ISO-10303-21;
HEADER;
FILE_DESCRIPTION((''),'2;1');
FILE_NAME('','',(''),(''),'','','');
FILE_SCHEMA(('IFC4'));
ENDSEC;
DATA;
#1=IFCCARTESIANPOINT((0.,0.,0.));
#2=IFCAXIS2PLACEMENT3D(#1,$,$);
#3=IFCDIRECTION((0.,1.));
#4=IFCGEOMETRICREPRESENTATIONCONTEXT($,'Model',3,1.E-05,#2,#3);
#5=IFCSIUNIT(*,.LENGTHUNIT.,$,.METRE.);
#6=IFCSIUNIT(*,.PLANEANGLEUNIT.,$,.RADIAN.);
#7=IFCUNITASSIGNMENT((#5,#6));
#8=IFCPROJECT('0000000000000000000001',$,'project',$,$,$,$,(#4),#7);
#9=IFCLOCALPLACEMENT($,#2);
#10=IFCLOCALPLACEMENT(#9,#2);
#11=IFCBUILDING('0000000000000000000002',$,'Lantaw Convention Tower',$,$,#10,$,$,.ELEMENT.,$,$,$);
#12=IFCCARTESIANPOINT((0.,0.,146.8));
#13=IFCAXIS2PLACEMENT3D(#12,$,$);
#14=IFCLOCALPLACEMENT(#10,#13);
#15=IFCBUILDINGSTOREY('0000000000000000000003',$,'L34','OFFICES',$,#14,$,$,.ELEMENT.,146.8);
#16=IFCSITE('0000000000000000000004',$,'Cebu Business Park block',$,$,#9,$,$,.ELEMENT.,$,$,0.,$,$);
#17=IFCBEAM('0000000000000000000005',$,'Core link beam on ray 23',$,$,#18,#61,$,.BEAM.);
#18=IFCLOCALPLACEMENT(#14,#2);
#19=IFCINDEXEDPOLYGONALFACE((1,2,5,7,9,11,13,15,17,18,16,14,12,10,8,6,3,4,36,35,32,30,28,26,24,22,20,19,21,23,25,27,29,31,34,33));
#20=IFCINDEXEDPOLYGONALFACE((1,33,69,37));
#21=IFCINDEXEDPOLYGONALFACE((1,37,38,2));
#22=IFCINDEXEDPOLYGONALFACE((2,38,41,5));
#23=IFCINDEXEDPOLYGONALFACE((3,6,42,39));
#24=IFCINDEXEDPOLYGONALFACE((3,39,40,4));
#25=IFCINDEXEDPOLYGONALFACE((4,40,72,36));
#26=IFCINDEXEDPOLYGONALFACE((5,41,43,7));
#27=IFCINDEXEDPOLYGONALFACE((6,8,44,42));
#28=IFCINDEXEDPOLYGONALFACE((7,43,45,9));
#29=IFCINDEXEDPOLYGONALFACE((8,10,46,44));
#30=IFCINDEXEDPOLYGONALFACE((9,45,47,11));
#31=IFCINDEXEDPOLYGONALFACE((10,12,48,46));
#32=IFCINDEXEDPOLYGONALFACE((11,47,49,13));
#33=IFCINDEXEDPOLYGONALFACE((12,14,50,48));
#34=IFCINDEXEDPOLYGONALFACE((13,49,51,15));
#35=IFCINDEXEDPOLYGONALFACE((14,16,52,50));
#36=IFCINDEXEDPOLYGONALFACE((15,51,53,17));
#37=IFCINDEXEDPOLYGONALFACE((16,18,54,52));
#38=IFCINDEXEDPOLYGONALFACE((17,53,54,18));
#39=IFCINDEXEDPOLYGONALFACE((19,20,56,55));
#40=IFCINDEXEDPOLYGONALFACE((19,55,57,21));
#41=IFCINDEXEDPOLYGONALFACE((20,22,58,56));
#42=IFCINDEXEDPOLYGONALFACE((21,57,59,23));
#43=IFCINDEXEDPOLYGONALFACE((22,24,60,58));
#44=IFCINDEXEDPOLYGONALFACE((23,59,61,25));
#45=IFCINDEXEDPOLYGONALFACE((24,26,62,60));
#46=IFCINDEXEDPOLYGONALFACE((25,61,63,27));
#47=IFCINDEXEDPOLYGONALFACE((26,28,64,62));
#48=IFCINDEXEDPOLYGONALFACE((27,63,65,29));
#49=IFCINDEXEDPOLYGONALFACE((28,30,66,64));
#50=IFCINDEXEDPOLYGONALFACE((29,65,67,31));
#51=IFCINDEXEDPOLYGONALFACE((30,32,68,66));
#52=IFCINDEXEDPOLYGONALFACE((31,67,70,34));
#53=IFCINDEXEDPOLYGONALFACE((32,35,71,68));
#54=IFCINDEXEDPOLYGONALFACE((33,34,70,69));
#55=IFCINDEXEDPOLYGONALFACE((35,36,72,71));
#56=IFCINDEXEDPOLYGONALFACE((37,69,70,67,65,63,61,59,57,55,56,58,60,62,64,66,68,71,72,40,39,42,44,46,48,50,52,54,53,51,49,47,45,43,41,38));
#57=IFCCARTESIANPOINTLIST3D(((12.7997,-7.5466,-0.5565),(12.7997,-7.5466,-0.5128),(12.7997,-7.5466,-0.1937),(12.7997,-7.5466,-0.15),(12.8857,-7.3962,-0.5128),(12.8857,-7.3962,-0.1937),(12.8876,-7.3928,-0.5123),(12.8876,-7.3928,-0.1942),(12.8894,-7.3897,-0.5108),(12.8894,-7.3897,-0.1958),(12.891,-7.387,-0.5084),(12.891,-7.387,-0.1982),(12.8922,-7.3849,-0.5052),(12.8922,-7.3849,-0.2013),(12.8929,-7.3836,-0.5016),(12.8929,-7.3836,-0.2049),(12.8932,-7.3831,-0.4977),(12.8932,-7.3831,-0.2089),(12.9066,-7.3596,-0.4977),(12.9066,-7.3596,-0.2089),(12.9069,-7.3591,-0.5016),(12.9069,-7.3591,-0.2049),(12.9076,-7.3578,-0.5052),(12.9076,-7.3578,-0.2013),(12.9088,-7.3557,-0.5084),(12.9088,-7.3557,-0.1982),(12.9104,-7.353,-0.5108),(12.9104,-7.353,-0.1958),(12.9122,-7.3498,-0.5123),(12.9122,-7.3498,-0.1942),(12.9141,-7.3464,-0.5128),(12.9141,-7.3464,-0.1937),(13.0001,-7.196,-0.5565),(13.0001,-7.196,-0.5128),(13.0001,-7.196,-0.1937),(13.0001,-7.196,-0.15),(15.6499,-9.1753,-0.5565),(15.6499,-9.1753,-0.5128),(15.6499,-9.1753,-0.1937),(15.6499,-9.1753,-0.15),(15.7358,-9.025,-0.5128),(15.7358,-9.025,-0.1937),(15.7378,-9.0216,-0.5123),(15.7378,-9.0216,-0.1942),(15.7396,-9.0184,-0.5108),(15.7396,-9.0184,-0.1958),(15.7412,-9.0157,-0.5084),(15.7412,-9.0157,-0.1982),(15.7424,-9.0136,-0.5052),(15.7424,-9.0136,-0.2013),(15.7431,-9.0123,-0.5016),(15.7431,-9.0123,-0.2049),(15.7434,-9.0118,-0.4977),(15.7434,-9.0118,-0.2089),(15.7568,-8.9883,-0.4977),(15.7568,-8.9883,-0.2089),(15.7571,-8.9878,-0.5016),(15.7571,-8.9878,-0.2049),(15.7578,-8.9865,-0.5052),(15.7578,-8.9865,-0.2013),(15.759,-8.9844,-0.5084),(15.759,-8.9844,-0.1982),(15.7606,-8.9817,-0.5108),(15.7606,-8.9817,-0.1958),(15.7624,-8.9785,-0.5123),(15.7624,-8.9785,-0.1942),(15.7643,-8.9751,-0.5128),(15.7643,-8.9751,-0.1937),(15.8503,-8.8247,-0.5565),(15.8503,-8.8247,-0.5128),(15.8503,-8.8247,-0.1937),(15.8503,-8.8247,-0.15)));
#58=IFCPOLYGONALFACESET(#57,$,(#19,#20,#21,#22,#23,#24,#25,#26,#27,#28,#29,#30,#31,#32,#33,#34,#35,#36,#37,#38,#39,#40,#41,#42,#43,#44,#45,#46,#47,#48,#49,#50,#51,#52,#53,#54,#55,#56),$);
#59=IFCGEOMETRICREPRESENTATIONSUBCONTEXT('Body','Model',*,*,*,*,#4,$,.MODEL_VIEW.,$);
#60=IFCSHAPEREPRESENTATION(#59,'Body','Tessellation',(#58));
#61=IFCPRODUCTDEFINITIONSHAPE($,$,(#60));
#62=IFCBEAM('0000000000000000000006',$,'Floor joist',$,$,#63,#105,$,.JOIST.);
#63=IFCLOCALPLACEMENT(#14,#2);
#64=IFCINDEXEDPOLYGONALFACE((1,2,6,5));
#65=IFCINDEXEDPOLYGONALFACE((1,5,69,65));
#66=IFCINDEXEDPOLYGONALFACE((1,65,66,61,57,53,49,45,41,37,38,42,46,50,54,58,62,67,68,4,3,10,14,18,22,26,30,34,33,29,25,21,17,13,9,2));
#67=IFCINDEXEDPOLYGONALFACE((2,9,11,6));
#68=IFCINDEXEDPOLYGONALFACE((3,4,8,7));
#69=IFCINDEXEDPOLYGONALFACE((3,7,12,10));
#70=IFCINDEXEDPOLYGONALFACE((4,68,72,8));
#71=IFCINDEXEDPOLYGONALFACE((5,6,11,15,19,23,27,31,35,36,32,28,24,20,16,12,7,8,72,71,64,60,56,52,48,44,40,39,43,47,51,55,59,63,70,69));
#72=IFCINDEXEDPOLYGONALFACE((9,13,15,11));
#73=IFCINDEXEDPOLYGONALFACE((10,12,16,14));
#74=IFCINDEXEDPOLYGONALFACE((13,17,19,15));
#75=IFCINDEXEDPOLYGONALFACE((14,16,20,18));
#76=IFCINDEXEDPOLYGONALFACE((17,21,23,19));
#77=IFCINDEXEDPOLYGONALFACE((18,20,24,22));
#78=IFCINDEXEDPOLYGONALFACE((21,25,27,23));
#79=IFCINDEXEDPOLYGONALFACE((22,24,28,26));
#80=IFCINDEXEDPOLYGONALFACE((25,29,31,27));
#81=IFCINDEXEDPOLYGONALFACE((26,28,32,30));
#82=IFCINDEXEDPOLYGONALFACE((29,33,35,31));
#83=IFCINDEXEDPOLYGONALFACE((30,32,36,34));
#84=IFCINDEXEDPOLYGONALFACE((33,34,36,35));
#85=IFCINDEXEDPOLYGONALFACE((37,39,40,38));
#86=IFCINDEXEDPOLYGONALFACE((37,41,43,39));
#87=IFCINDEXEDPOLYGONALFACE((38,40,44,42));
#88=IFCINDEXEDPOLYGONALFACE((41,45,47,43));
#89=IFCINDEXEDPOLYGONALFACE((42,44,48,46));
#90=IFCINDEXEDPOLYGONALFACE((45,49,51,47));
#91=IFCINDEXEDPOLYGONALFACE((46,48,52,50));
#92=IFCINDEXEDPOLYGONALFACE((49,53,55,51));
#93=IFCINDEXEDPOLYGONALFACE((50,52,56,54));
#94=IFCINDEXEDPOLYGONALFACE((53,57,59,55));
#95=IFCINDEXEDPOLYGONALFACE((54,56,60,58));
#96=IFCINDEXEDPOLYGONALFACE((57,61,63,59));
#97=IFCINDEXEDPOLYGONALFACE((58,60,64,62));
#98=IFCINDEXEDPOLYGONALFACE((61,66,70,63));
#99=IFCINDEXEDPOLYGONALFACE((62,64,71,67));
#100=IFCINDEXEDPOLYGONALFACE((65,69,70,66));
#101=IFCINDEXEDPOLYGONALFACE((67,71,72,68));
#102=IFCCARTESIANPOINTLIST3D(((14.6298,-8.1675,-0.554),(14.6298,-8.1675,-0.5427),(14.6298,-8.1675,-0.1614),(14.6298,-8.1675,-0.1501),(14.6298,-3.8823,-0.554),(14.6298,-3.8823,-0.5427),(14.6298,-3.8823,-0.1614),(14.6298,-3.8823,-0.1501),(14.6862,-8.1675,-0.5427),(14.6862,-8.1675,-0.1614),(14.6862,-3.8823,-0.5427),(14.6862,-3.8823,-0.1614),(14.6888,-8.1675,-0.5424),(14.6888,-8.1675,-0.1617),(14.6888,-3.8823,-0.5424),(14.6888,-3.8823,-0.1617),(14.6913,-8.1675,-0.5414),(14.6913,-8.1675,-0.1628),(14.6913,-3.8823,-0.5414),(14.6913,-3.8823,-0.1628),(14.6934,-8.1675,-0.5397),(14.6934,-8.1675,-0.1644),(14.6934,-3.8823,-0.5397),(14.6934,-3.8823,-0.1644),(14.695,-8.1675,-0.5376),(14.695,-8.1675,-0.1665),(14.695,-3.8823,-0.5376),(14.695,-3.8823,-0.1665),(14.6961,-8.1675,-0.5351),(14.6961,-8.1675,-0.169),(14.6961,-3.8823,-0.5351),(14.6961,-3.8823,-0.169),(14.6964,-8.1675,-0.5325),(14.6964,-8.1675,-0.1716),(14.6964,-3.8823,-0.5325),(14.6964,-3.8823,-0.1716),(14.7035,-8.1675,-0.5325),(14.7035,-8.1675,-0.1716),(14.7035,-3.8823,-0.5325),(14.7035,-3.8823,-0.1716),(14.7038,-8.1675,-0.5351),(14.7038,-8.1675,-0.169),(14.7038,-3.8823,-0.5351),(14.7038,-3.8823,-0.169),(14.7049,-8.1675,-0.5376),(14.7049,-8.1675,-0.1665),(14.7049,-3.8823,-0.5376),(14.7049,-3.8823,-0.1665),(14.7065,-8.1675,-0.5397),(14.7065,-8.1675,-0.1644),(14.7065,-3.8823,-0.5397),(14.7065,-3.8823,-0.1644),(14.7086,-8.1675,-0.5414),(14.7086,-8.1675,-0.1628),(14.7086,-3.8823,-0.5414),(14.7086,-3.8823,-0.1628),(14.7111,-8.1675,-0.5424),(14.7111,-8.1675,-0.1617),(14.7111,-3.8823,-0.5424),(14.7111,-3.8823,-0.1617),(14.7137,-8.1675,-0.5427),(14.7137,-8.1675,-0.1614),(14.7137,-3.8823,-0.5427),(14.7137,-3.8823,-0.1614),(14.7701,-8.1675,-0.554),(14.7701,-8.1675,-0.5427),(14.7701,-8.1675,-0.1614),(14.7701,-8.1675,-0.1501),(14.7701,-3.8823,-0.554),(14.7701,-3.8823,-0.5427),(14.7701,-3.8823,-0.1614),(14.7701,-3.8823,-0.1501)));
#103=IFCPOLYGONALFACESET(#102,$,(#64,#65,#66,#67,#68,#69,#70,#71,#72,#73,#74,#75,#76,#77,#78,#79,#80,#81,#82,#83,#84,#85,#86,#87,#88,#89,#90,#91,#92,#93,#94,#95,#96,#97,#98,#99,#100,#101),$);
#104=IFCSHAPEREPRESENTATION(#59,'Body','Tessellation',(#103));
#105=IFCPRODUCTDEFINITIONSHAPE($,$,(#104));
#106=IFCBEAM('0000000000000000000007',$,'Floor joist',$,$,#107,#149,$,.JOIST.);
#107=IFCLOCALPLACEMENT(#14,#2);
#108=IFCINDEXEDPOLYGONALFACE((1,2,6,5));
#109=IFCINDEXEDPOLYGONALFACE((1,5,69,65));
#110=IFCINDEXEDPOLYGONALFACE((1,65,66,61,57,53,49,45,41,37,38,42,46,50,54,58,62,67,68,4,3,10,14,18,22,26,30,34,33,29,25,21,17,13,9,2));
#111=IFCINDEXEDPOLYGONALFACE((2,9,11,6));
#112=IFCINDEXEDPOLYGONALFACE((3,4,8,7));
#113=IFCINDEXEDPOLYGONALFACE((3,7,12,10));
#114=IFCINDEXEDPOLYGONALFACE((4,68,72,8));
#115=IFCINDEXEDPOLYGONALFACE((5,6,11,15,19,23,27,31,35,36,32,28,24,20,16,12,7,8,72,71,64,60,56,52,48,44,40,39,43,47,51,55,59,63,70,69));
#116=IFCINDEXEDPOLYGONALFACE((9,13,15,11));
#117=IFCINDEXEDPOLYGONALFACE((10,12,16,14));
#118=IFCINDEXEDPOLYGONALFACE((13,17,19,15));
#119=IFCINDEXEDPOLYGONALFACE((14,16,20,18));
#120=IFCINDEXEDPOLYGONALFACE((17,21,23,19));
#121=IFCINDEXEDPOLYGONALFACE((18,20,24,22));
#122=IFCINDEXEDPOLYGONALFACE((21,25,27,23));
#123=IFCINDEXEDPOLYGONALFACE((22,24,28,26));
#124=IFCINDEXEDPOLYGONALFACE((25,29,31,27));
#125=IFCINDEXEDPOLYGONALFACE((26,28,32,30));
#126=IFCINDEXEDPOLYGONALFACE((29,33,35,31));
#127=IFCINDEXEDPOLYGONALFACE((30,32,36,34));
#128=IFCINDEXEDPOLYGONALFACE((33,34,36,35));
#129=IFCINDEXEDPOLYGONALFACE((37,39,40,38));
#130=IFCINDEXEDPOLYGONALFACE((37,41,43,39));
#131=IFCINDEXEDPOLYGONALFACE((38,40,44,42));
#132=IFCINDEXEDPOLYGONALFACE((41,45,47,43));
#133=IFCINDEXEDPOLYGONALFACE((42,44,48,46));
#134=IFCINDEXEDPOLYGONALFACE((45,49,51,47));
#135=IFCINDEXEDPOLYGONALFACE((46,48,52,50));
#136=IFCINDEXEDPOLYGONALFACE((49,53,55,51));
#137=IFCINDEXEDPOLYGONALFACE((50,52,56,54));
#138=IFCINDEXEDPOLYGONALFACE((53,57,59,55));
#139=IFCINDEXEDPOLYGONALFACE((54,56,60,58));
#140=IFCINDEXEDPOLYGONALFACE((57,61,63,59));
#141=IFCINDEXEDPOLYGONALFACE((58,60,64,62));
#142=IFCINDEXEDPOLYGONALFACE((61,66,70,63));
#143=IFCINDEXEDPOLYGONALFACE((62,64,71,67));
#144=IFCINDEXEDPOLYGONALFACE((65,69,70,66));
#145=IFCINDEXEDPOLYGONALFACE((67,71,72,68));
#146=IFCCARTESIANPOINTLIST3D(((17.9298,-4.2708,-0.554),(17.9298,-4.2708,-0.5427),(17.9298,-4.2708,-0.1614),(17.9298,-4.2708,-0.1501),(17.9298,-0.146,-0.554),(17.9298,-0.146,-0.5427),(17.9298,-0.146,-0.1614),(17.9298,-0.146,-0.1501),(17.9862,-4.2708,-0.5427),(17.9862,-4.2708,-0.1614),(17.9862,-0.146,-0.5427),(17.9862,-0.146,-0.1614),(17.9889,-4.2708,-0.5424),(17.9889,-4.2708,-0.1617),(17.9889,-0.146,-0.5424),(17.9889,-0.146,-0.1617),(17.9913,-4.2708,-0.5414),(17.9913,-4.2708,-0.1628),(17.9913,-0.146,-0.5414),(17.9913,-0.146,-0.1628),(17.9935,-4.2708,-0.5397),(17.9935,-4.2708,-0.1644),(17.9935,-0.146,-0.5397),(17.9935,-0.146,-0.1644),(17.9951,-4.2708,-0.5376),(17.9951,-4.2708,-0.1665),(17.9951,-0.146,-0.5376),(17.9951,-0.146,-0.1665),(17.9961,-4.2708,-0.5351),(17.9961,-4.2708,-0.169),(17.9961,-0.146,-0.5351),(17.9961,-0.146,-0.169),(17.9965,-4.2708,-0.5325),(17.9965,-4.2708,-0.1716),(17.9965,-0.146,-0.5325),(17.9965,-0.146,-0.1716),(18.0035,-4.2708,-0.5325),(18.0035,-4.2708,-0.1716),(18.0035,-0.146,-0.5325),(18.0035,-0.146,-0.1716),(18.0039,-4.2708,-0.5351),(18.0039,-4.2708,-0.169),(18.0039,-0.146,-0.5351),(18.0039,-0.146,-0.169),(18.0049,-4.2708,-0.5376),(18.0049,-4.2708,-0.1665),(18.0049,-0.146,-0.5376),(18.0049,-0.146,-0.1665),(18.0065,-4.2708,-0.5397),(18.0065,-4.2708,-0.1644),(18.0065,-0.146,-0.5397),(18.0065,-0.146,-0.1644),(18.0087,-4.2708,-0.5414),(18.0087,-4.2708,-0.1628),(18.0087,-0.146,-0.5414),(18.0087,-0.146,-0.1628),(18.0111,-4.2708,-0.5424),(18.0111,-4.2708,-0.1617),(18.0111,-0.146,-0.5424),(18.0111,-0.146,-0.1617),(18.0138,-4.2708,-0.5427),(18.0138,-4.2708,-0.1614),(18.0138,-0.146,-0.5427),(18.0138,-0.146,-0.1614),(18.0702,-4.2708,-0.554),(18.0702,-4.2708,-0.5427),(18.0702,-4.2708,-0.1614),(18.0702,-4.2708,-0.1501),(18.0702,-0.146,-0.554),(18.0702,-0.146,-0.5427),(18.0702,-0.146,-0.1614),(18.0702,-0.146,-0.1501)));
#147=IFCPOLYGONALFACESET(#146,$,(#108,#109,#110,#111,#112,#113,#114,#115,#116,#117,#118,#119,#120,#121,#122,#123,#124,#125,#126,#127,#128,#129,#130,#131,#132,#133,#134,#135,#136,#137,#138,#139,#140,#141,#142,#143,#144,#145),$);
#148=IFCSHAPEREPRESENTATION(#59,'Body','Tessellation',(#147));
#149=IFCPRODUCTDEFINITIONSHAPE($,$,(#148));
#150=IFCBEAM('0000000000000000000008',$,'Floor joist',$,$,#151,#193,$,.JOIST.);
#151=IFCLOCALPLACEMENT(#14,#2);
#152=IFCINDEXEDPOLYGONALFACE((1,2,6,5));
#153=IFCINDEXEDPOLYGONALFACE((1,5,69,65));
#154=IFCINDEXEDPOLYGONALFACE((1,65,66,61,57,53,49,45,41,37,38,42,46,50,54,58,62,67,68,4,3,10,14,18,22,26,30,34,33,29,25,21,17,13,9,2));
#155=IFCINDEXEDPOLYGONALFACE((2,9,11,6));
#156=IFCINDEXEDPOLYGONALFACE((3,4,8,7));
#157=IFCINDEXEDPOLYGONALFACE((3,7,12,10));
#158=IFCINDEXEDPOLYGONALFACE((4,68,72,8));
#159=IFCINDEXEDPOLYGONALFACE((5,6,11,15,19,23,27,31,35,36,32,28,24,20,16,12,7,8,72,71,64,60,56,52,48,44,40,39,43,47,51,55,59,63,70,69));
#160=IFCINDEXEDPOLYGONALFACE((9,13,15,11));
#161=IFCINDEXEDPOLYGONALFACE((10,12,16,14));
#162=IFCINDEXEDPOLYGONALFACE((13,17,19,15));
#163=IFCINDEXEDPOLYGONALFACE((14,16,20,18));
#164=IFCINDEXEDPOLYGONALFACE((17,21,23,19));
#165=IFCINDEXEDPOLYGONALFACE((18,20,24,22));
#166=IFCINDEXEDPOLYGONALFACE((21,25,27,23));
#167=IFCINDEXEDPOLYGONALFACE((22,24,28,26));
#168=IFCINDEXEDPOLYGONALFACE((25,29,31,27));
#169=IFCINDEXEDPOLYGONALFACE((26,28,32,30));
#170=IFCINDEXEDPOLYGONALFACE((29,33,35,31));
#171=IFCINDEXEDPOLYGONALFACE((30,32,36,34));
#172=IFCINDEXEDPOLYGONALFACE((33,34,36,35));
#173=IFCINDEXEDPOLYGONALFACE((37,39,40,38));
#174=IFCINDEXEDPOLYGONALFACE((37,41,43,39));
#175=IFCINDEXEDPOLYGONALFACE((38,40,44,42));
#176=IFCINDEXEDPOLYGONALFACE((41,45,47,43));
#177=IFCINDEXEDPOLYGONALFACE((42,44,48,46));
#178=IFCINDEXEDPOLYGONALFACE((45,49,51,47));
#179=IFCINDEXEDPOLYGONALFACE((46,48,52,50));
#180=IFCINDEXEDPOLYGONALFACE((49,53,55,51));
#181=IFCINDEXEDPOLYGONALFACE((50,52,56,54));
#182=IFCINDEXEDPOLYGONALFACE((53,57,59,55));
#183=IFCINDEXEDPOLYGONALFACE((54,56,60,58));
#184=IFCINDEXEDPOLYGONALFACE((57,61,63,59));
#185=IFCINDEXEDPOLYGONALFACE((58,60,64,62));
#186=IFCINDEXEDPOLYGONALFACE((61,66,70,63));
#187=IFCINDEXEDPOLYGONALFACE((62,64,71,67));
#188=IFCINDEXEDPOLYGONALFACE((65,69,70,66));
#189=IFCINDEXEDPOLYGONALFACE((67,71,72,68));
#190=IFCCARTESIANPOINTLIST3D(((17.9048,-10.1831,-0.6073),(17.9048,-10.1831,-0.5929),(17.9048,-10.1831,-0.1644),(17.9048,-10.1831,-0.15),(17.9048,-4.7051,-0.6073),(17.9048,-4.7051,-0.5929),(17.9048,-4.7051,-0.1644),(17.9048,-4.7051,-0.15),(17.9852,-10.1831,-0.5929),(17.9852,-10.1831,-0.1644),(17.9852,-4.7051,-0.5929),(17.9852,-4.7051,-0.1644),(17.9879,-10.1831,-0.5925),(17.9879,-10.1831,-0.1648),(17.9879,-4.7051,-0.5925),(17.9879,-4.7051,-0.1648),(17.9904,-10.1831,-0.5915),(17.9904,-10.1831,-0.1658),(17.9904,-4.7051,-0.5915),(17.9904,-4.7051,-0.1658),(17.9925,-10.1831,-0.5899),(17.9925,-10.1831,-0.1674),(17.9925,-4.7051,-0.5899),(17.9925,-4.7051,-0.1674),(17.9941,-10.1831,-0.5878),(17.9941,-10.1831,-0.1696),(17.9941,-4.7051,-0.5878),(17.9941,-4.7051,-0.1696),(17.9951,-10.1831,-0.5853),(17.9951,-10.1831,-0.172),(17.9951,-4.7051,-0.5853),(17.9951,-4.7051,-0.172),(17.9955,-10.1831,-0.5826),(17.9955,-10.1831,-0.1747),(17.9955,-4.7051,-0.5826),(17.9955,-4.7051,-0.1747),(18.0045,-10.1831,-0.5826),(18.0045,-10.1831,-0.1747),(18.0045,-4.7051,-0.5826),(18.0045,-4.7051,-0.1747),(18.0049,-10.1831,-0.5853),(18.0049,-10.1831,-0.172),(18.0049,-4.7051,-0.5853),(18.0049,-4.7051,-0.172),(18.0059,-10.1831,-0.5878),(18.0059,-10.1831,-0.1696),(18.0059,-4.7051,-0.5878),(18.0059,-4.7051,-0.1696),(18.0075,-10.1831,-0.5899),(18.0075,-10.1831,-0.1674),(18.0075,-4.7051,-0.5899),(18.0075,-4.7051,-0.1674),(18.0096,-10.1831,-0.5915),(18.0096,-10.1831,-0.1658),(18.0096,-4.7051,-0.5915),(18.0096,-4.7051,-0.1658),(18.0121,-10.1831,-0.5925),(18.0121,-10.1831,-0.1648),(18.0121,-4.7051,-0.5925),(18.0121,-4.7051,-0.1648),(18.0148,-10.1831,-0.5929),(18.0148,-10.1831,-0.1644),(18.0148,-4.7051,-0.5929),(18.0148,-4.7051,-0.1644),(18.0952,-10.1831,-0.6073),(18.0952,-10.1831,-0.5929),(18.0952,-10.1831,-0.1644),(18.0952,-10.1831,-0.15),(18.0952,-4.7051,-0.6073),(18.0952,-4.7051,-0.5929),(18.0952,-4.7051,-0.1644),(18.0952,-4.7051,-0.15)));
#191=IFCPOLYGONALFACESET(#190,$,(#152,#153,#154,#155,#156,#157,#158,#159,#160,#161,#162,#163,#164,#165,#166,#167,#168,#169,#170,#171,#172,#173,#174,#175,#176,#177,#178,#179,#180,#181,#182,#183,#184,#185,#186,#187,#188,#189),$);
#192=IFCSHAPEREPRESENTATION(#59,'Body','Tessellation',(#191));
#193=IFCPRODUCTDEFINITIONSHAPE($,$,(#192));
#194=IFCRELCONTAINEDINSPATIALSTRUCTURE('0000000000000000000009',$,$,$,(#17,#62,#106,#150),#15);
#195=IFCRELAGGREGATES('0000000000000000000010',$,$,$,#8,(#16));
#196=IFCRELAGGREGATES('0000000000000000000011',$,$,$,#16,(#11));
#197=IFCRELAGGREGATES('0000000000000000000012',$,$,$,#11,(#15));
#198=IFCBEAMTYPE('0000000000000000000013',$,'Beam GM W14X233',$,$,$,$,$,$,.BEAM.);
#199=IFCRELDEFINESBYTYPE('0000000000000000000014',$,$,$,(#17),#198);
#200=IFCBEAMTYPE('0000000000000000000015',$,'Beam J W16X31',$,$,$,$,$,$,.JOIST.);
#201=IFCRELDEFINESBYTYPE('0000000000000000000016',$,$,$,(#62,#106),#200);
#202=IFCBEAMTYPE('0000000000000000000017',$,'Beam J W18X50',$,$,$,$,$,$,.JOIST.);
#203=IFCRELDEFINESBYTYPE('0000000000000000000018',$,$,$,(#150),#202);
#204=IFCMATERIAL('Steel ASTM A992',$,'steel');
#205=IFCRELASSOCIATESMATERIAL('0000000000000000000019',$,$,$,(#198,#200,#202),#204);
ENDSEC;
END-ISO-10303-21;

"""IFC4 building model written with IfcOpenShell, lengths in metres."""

from ifc_helpers import new_model, si_unit, direction, frame, origin, origin_2d, place, context, subcontext, project, spatial, i_section, extrude, material, material_profile, profile_set, type_object, element, save


model = new_model("IFC4")

# Units and contexts
model_context = context("Model", 3, precision=1e-05, world=origin(), true_north=direction((0.0, 1.0)))
body_context = subcontext(model_context, "Body", "Model", "MODEL_VIEW")
ifc_project = project(units=[si_unit("LENGTHUNIT", "METRE"), si_unit("PLANEANGLEUNIT", "RADIAN")], contexts=[model_context])

# Site, building, storey
site_placement = place(None, origin())
site = spatial("IfcSite", under=ifc_project, at=site_placement, Name="Cebu Business Park block", CompositionType="ELEMENT", RefElevation=0.0)
building_placement = place(site_placement, origin())
building = spatial("IfcBuilding", under=site, at=building_placement, Name="Lantaw Convention Tower", CompositionType="ELEMENT")
storey_placement = place(building_placement, frame((0.0, 0.0, 146.8)))
storey = spatial("IfcBuildingStorey", under=building, at=storey_placement, Name="L34", Description="OFFICES", CompositionType="ELEMENT", Elevation=146.8)

# Beams
ifc_material_1 = material(Name="Steel ASTM A992", Category="steel")
ifc_material_profile_1 = material_profile(ifc_material_1, i_section(OverallWidth=0.4038, OverallDepth=0.4065, WebThickness=0.0271, FlangeThickness=0.0437, FilletRadius=0.0151, at=origin_2d()), Name="W14X233")
ifc_profile_set_1 = profile_set([ifc_material_profile_1], Name="Steel ASTM A992")
beam_type_1 = type_object("IfcBeamType", Name="Beam GM W14X233", PredefinedType="BEAM", material=ifc_profile_set_1)
beam_1_placement = place(storey_placement, frame((12.8999, -7.3713, -0.3533), z_axis=(0.868239, -0.496147, 0.0), x_axis=(0.496147, 0.868239, 0.0)))
element("IfcBeam", 1, at=beam_1_placement, inside=storey, type_object=beam_type_1, Name="Core link beam on ray 23", PredefinedType="BEAM", context=body_context, shape_type="SweptSolid", body=[
    extrude(i_section(OverallWidth=0.4038, OverallDepth=0.4065, WebThickness=0.0271, FlangeThickness=0.0437, FilletRadius=0.0151, at=origin_2d()), origin(), (0.0, 0.0, 1.0), 3.2827),
])
ifc_material_profile_2 = material_profile(ifc_material_1, i_section(OverallWidth=0.1404, OverallDepth=0.4038, WebThickness=0.0071, FlangeThickness=0.0112, FilletRadius=0.0103, at=origin_2d()), Name="W16X31")
ifc_profile_set_2 = profile_set([ifc_material_profile_2], Name="Steel ASTM A992")
beam_type_2 = type_object("IfcBeamType", Name="Beam J W16X31", PredefinedType="JOIST", material=ifc_profile_set_2)
beam_2_placement = place(storey_placement, frame((14.7, -8.1675, -0.3521), z_axis=(0.0, 1.0, 0.0), x_axis=(-1.0, 0.0, 0.0)))
element("IfcBeam", 2, at=beam_2_placement, inside=storey, type_object=beam_type_2, Name="Floor joist", PredefinedType="JOIST", context=body_context, shape_type="SweptSolid", body=[
    extrude(i_section(OverallWidth=0.1404, OverallDepth=0.4038, WebThickness=0.0071, FlangeThickness=0.0112, FilletRadius=0.0103, at=origin_2d()), origin(), (0.0, 0.0, 1.0), 4.2852),
])
beam_3_placement = place(storey_placement, frame((18.0, -4.2708, -0.3521), z_axis=(0.0, 1.0, 0.0), x_axis=(-1.0, 0.0, 0.0)))
element("IfcBeam", 3, at=beam_3_placement, inside=storey, type_object=beam_type_2, Name="Floor joist", PredefinedType="JOIST", context=body_context, shape_type="SweptSolid", body=[
    extrude(i_section(OverallWidth=0.1404, OverallDepth=0.4038, WebThickness=0.0071, FlangeThickness=0.0112, FilletRadius=0.0103, at=origin_2d()), origin(), (0.0, 0.0, 1.0), 4.1248),
])
ifc_material_profile_3 = material_profile(ifc_material_1, i_section(OverallWidth=0.1904, OverallDepth=0.4573, WebThickness=0.009, FlangeThickness=0.0144, FilletRadius=0.0103, at=origin_2d()), Name="W18X50")
ifc_profile_set_3 = profile_set([ifc_material_profile_3], Name="Steel ASTM A992")
beam_type_3 = type_object("IfcBeamType", Name="Beam J W18X50", PredefinedType="JOIST", material=ifc_profile_set_3)
beam_4_placement = place(storey_placement, frame((18.0, -10.1831, -0.3787), z_axis=(0.0, 1.0, 0.0), x_axis=(-1.0, 0.0, 0.0)))
element("IfcBeam", 4, at=beam_4_placement, inside=storey, type_object=beam_type_3, Name="Floor joist", PredefinedType="JOIST", context=body_context, shape_type="SweptSolid", body=[
    extrude(i_section(OverallWidth=0.1904, OverallDepth=0.4573, WebThickness=0.009, FlangeThickness=0.0144, FilletRadius=0.0103, at=origin_2d()), origin(), (0.0, 0.0, 1.0), 5.478),
])

save(model, "model.ifc")
